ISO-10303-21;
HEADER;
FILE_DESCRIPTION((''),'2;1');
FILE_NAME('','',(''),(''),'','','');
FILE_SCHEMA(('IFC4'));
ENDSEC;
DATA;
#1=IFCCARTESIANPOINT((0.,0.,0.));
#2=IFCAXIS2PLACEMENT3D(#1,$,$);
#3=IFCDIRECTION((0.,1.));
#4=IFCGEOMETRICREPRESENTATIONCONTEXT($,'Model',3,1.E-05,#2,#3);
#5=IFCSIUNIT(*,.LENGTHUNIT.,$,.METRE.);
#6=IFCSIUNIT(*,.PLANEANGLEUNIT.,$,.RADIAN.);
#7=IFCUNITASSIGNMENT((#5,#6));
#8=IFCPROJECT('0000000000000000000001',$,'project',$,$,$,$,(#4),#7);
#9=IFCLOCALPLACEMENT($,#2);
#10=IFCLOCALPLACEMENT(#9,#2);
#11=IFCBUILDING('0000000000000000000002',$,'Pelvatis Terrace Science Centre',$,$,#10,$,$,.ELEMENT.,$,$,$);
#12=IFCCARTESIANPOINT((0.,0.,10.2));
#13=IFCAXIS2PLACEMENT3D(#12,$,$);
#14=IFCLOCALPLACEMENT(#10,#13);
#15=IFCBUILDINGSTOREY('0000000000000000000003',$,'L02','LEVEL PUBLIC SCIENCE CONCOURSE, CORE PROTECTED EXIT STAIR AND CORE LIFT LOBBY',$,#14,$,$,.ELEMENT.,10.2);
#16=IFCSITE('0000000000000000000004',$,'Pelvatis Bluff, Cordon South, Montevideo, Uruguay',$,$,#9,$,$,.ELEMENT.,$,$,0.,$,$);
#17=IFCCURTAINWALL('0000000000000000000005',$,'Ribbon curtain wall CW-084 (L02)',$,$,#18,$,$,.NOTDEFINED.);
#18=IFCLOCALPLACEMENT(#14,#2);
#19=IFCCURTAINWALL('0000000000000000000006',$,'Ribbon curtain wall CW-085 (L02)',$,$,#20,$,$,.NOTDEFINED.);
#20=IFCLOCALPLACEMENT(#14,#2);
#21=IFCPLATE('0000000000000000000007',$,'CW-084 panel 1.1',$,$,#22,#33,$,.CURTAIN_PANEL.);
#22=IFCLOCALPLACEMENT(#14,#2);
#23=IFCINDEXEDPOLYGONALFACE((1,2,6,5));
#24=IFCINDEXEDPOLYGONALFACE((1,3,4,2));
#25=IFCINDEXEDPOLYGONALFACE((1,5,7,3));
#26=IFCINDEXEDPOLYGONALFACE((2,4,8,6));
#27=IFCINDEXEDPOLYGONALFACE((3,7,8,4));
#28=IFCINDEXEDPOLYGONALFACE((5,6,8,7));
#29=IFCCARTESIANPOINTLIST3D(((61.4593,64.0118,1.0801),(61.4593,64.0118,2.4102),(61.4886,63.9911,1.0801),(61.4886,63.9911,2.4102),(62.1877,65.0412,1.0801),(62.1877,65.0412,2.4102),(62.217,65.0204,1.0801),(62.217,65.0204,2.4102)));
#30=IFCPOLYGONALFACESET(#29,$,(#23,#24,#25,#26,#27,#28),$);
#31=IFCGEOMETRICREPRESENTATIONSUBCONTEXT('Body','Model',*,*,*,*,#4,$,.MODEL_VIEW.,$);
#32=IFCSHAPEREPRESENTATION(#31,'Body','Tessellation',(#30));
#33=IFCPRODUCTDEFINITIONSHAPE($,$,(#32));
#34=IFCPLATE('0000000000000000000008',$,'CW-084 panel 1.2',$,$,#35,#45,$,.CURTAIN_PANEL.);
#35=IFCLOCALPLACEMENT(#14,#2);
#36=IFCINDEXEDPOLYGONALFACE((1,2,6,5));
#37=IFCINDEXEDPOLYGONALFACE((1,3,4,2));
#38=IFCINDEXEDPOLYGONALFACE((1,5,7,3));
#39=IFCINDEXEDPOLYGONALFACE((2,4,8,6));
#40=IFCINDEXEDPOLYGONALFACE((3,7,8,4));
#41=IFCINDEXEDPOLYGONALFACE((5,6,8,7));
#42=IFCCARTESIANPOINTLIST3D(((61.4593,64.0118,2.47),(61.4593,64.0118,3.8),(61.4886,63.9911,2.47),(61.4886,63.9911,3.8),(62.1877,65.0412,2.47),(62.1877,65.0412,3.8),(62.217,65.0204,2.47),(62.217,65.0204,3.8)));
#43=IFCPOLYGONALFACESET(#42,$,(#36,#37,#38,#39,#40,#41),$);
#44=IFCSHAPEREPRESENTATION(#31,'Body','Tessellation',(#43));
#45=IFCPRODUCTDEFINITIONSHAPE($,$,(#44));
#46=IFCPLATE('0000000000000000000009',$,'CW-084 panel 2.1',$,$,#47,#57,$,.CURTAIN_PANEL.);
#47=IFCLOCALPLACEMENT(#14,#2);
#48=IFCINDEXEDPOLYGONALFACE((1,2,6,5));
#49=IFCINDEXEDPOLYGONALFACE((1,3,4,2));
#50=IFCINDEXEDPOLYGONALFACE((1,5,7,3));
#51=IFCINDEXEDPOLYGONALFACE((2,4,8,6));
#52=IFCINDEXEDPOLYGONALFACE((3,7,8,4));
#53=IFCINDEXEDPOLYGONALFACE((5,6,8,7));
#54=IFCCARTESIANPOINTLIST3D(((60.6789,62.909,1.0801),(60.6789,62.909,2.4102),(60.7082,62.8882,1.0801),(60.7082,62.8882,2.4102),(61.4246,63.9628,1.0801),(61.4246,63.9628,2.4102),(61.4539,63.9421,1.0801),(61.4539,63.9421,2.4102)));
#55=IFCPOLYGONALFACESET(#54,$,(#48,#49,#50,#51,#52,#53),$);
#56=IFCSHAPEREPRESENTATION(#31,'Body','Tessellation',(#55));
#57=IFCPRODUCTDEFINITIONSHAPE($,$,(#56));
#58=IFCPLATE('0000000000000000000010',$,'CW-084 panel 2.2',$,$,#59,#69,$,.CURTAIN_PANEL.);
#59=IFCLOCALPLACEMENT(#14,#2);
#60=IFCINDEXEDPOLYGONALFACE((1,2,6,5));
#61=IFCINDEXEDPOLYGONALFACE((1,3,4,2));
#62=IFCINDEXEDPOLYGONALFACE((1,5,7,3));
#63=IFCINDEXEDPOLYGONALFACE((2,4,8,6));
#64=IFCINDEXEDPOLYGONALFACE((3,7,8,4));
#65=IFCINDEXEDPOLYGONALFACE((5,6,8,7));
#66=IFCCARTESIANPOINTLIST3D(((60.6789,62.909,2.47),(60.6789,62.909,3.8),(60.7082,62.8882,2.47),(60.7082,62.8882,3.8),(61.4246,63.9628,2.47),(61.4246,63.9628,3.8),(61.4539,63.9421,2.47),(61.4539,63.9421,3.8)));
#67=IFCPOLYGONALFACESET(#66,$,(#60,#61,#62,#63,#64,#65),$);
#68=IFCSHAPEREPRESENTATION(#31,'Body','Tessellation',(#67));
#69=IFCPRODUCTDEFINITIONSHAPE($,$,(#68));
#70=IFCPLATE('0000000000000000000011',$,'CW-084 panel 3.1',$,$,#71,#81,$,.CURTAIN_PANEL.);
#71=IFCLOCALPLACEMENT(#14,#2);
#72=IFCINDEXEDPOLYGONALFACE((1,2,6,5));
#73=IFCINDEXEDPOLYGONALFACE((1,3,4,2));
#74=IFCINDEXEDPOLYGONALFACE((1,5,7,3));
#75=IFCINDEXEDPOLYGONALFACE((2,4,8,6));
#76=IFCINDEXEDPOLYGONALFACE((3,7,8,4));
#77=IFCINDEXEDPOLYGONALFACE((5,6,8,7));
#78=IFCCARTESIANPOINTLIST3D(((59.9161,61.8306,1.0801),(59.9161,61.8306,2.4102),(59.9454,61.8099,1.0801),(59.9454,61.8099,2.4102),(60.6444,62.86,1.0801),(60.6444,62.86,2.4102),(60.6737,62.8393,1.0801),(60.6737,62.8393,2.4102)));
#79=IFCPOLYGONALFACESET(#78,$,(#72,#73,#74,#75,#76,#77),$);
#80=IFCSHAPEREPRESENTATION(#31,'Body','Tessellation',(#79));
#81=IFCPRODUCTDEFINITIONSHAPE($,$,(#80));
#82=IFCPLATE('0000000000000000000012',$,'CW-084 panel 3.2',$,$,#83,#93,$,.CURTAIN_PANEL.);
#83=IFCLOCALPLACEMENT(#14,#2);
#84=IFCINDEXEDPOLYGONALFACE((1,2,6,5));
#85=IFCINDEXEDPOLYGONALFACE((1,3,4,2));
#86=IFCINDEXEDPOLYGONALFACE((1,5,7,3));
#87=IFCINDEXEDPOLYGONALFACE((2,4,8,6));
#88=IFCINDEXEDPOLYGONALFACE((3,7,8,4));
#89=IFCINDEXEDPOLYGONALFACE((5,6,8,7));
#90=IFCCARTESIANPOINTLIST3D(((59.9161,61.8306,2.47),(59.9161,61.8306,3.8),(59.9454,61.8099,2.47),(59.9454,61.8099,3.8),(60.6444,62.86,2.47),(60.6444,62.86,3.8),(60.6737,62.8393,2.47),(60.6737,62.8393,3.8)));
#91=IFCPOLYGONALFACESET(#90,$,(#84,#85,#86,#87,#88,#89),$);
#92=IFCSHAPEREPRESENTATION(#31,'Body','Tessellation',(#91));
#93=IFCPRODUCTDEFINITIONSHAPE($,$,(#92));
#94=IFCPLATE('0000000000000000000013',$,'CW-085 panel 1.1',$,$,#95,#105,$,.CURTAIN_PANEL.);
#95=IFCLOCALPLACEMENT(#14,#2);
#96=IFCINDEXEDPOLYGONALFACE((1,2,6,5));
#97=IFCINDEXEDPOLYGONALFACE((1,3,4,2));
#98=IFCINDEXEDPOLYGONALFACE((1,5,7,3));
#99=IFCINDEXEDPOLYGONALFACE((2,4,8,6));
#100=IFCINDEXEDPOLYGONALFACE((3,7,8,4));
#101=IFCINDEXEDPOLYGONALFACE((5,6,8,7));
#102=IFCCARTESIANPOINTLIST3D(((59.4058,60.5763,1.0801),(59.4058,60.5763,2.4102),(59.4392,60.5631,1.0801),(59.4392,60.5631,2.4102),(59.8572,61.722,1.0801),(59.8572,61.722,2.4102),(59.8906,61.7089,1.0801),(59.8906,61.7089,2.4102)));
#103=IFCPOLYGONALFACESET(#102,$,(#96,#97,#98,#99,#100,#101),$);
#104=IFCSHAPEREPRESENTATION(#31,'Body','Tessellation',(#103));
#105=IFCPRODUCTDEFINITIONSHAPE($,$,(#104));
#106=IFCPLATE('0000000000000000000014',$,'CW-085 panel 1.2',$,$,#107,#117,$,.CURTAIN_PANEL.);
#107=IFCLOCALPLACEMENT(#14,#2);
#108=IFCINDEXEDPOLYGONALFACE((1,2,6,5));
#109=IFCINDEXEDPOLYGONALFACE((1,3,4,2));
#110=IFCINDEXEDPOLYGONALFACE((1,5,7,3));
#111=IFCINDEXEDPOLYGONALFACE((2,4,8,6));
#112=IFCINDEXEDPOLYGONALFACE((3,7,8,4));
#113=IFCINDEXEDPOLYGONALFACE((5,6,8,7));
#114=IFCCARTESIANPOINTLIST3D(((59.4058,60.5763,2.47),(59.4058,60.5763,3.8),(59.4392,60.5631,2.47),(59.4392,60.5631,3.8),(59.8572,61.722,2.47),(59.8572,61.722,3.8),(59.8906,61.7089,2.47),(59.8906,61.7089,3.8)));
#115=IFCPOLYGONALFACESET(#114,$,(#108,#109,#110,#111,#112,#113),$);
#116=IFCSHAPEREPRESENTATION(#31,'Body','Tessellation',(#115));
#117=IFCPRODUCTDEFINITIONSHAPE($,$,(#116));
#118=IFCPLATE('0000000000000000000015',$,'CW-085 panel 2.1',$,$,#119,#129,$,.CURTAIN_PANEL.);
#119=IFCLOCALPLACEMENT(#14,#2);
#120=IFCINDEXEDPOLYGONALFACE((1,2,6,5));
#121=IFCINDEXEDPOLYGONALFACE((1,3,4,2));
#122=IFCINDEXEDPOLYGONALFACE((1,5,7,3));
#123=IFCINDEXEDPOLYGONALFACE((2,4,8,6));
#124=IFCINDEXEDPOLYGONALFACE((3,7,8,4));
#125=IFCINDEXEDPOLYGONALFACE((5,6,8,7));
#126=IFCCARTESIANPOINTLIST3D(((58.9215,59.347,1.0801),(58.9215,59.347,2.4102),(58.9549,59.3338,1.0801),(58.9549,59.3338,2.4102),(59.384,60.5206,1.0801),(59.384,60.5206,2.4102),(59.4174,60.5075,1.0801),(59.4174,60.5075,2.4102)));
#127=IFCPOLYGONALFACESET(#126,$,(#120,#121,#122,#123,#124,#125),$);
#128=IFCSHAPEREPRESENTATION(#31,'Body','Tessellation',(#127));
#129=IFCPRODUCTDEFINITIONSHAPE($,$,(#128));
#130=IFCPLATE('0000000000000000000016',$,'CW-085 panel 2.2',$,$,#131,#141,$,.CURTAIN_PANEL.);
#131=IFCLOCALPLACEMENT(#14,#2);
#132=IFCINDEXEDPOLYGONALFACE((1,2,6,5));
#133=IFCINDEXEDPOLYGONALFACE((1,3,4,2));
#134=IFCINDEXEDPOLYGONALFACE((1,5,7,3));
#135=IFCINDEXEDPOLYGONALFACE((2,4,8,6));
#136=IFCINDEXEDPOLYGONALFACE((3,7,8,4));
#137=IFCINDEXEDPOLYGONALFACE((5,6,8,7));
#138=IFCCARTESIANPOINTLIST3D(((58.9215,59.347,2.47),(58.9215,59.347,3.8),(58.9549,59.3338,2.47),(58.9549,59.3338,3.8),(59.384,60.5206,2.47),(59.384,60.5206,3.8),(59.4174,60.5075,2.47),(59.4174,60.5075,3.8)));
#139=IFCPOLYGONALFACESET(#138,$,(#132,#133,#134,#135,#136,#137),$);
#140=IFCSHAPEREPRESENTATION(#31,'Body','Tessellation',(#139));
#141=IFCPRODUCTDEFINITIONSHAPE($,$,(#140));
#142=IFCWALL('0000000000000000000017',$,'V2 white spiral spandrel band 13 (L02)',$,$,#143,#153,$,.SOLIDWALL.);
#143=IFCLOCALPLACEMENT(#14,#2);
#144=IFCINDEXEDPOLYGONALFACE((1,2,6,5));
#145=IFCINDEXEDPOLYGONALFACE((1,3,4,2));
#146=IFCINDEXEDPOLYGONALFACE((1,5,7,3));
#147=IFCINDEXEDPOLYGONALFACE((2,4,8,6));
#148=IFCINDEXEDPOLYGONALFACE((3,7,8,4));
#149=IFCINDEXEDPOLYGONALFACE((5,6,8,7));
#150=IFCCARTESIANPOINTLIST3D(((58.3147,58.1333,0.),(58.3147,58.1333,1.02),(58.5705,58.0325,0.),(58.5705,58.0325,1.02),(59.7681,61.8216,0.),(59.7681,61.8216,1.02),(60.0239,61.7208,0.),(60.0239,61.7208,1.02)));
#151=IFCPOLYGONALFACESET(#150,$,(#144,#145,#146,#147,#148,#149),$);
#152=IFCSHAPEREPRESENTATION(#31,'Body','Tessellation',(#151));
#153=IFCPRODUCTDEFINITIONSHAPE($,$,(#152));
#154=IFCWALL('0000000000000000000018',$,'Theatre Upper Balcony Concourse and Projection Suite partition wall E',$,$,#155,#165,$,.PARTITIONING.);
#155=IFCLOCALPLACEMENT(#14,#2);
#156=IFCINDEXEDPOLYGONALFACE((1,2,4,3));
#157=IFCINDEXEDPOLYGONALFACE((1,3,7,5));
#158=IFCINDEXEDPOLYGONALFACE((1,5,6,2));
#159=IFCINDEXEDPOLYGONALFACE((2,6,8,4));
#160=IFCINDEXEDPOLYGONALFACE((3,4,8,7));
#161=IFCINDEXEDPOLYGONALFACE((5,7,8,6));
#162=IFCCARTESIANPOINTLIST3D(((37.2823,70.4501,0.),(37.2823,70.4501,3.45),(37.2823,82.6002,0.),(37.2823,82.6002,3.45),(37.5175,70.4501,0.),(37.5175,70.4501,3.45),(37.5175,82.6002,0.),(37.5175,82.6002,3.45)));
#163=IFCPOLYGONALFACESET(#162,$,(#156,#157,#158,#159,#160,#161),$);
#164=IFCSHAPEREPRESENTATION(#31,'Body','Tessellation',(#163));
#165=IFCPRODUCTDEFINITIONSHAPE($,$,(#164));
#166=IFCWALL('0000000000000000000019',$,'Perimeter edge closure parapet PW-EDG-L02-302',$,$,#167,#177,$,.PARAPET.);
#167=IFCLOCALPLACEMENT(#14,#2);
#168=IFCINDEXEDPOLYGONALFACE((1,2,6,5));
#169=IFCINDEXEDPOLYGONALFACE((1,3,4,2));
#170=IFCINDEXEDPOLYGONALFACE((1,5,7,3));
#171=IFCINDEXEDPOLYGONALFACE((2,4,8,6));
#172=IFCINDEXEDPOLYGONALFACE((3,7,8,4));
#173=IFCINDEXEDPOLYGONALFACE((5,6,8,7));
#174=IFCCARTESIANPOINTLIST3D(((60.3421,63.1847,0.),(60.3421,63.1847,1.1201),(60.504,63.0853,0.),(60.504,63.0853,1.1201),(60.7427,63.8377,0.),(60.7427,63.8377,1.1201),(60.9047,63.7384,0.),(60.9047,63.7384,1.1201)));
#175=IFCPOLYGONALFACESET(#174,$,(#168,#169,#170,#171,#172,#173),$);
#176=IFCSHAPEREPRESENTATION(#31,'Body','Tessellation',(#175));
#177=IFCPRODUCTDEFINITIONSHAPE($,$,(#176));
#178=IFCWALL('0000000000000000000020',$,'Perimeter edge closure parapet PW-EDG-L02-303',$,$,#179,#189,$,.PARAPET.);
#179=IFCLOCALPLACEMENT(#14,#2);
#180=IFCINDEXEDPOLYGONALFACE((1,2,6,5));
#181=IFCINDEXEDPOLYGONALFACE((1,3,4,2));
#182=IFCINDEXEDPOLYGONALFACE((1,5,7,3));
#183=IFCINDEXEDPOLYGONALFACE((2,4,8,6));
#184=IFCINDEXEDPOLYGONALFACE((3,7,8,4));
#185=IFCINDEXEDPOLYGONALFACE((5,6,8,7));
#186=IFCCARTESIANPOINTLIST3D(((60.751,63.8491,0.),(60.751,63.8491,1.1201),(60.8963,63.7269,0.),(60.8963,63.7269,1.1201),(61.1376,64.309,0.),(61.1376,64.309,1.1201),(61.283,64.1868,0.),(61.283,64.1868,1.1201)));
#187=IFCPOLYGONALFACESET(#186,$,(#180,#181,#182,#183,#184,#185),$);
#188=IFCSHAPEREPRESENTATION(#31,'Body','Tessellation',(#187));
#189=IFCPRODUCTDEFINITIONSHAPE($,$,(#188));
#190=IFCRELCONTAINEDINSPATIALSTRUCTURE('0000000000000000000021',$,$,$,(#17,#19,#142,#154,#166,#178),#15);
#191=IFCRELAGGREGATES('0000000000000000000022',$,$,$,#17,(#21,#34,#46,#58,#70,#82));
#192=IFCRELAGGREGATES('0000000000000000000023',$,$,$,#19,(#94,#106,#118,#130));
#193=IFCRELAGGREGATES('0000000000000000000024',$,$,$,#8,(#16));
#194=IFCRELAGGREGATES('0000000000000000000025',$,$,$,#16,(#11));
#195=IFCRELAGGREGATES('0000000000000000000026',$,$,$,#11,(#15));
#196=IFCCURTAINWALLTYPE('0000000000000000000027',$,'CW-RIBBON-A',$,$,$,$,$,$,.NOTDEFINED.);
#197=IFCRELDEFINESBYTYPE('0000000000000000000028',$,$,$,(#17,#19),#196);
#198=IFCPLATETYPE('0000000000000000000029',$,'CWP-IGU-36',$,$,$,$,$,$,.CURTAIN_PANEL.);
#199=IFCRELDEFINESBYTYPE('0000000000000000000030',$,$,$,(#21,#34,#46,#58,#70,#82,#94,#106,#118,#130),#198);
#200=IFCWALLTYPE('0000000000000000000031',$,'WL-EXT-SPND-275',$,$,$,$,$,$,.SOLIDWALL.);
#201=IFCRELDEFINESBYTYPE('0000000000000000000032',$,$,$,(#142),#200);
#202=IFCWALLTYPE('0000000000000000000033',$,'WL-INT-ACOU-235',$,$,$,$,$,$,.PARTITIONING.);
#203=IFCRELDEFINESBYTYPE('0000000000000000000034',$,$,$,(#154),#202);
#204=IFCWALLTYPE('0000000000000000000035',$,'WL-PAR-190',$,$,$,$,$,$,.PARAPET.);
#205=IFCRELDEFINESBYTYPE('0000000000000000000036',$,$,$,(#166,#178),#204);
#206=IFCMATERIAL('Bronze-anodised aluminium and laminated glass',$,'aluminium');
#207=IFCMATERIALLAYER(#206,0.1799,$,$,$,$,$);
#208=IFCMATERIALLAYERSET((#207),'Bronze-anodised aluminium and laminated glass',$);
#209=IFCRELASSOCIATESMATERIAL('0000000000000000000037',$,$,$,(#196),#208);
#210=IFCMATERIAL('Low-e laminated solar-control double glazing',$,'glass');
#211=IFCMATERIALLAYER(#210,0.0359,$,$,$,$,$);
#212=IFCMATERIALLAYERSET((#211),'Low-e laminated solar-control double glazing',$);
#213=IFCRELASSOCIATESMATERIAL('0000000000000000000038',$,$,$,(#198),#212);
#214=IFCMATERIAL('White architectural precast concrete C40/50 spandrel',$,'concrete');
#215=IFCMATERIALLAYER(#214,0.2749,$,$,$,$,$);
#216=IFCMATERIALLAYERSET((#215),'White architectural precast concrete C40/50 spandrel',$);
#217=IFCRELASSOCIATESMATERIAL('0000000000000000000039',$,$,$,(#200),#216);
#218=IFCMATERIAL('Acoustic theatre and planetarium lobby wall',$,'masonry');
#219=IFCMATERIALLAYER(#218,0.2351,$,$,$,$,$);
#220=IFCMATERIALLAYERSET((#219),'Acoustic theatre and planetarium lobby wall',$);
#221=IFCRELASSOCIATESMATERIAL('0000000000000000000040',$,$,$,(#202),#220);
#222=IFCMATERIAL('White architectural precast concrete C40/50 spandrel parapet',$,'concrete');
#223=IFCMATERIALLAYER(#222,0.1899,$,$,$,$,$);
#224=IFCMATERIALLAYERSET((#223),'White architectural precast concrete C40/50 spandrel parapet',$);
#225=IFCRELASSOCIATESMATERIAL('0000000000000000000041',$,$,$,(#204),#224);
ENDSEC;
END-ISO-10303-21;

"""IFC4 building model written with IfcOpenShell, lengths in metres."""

from ifc_helpers import new_model, si_unit, direction, frame, frame_2d, origin, origin_2d, place, context, subcontext, project, spatial, rectangle, extrude, material, layer, layer_set, type_object, element, aggregate, save


model = new_model("IFC4")

# Units and contexts
model_context = context("Model", 3, precision=1e-05, world=origin(), true_north=direction((0.0, 1.0)))
body_context = subcontext(model_context, "Body", "Model", "MODEL_VIEW")
ifc_project = project(units=[si_unit("LENGTHUNIT", "METRE"), si_unit("PLANEANGLEUNIT", "RADIAN")], contexts=[model_context])

# Site, building, storey
site_placement = place(None, origin())
site = spatial("IfcSite", under=ifc_project, at=site_placement, Name="Pelvatis Bluff, Cordon South, Montevideo, Uruguay", CompositionType="ELEMENT", RefElevation=0.0)
building_placement = place(site_placement, origin())
building = spatial("IfcBuilding", under=site, at=building_placement, Name="Pelvatis Terrace Science Centre", CompositionType="ELEMENT")
storey_placement = place(building_placement, frame((0.0, 0.0, 10.2)))
storey = spatial("IfcBuildingStorey", under=building, at=storey_placement, Name="L02", Description="LEVEL PUBLIC SCIENCE CONCOURSE, CORE PROTECTED EXIT STAIR AND CORE LIFT LOBBY", CompositionType="ELEMENT", Elevation=10.2)

# Curtain walls
ifc_material_1 = material(Name="Bronze-anodised aluminium and laminated glass", Category="aluminium")
ifc_layer_1 = layer(ifc_material_1, 0.1799)
ifc_layer_set_1 = layer_set([ifc_layer_1], Name="Bronze-anodised aluminium and laminated glass")
curtain_wall_type = type_object("IfcCurtainWallType", Name="CW-RIBBON-A", PredefinedType="NOTDEFINED", material=ifc_layer_set_1)
curtain_wall_1_placement = place(storey_placement, origin())
curtain_wall_1 = element("IfcCurtainWall", 1, at=curtain_wall_1_placement, inside=storey, type_object=curtain_wall_type, Name="Ribbon curtain wall CW-084 (L02)", PredefinedType="NOTDEFINED")
curtain_wall_2_placement = place(storey_placement, origin())
curtain_wall_2 = element("IfcCurtainWall", 2, at=curtain_wall_2_placement, inside=storey, type_object=curtain_wall_type, Name="Ribbon curtain wall CW-085 (L02)", PredefinedType="NOTDEFINED")

# Plates
ifc_material_2 = material(Name="Low-e laminated solar-control double glazing", Category="glass")
ifc_layer_2 = layer(ifc_material_2, 0.0359)
ifc_layer_set_2 = layer_set([ifc_layer_2], Name="Low-e laminated solar-control double glazing")
plate_type = type_object("IfcPlateType", Name="CWP-IGU-36", PredefinedType="CURTAIN_PANEL", material=ifc_layer_set_2)
plate_1_placement = place(storey_placement, frame((61.8381, 64.5161, 1.0801), z_axis=(0.0, 0.0, 1.0), x_axis=(-0.577591, -0.816326, 0.0)))
plate_1 = element("IfcPlate", 3, at=plate_1_placement, type_object=plate_type, Name="CW-084 panel 1.1", PredefinedType="CURTAIN_PANEL", context=body_context, shape_type="SweptSolid", body=[
    extrude(rectangle(XDim=1.261, YDim=0.0359, at=origin_2d()), origin(), (0.0, 0.0, 1.0), 1.3301),
])
plate_2_placement = place(storey_placement, frame((61.8381, 64.5161, 2.47), z_axis=(0.0, 0.0, 1.0), x_axis=(-0.577591, -0.816326, 0.0)))
plate_2 = element("IfcPlate", 4, at=plate_2_placement, type_object=plate_type, Name="CW-084 panel 1.2", PredefinedType="CURTAIN_PANEL", context=body_context, shape_type="SweptSolid", body=[
    extrude(rectangle(XDim=1.261, YDim=0.0359, at=origin_2d()), origin(), (0.0, 0.0, 1.0), 1.3301),
])
plate_3_placement = place(storey_placement, frame((61.0664, 63.4255, 1.0801), z_axis=(0.0, 0.0, 1.0), x_axis=(-0.577591, -0.816326, 0.0)))
plate_3 = element("IfcPlate", 5, at=plate_3_placement, type_object=plate_type, Name="CW-084 panel 2.1", PredefinedType="CURTAIN_PANEL", context=body_context, shape_type="SweptSolid", body=[
    extrude(rectangle(XDim=1.291, YDim=0.0359, at=origin_2d()), origin(), (0.0, 0.0, 1.0), 1.3301),
])
plate_4_placement = place(storey_placement, frame((61.0664, 63.4255, 2.47), z_axis=(0.0, 0.0, 1.0), x_axis=(-0.577591, -0.816326, 0.0)))
plate_4 = element("IfcPlate", 6, at=plate_4_placement, type_object=plate_type, Name="CW-084 panel 2.2", PredefinedType="CURTAIN_PANEL", context=body_context, shape_type="SweptSolid", body=[
    extrude(rectangle(XDim=1.291, YDim=0.0359, at=origin_2d()), origin(), (0.0, 0.0, 1.0), 1.3301),
])
plate_5_placement = place(storey_placement, frame((60.2949, 62.335, 1.0801), z_axis=(0.0, 0.0, 1.0), x_axis=(-0.577591, -0.816326, 0.0)))
plate_5 = element("IfcPlate", 7, at=plate_5_placement, type_object=plate_type, Name="CW-084 panel 3.1", PredefinedType="CURTAIN_PANEL", context=body_context, shape_type="SweptSolid", body=[
    extrude(rectangle(XDim=1.261, YDim=0.0359, at=origin_2d()), origin(), (0.0, 0.0, 1.0), 1.3301),
])
plate_6_placement = place(storey_placement, frame((60.2949, 62.335, 2.47), z_axis=(0.0, 0.0, 1.0), x_axis=(-0.577591, -0.816326, 0.0)))
plate_6 = element("IfcPlate", 8, at=plate_6_placement, type_object=plate_type, Name="CW-084 panel 3.2", PredefinedType="CURTAIN_PANEL", context=body_context, shape_type="SweptSolid", body=[
    extrude(rectangle(XDim=1.261, YDim=0.0359, at=origin_2d()), origin(), (0.0, 0.0, 1.0), 1.3301),
])
aggregate(curtain_wall_1, [plate_1, plate_2, plate_3, plate_4, plate_5, plate_6])
plate_7_placement = place(storey_placement, frame((59.6482, 61.1426, 1.0801), z_axis=(0.0, 0.0, 1.0), x_axis=(-0.366597, -0.93038, 0.0)))
plate_7 = element("IfcPlate", 9, at=plate_7_placement, type_object=plate_type, Name="CW-085 panel 1.1", PredefinedType="CURTAIN_PANEL", context=body_context, shape_type="SweptSolid", body=[
    extrude(rectangle(XDim=1.2314, YDim=0.0359, at=origin_2d()), origin(), (0.0, 0.0, 1.0), 1.3301),
])
plate_8_placement = place(storey_placement, frame((59.6482, 61.1426, 2.47), z_axis=(0.0, 0.0, 1.0), x_axis=(-0.366597, -0.93038, 0.0)))
plate_8 = element("IfcPlate", 10, at=plate_8_placement, type_object=plate_type, Name="CW-085 panel 1.2", PredefinedType="CURTAIN_PANEL", context=body_context, shape_type="SweptSolid", body=[
    extrude(rectangle(XDim=1.2314, YDim=0.0359, at=origin_2d()), origin(), (0.0, 0.0, 1.0), 1.3301),
])
plate_9_placement = place(storey_placement, frame((59.1694, 59.9272, 1.0801), z_axis=(0.0, 0.0, 1.0), x_axis=(-0.366597, -0.93038, 0.0)))
plate_9 = element("IfcPlate", 11, at=plate_9_placement, type_object=plate_type, Name="CW-085 panel 2.1", PredefinedType="CURTAIN_PANEL", context=body_context, shape_type="SweptSolid", body=[
    extrude(rectangle(XDim=1.2615, YDim=0.0359, at=origin_2d()), origin(), (0.0, 0.0, 1.0), 1.3301),
])
plate_10_placement = place(storey_placement, frame((59.1694, 59.9272, 2.47), z_axis=(0.0, 0.0, 1.0), x_axis=(-0.366597, -0.93038, 0.0)))
plate_10 = element("IfcPlate", 12, at=plate_10_placement, type_object=plate_type, Name="CW-085 panel 2.2", PredefinedType="CURTAIN_PANEL", context=body_context, shape_type="SweptSolid", body=[
    extrude(rectangle(XDim=1.2615, YDim=0.0359, at=origin_2d()), origin(), (0.0, 0.0, 1.0), 1.3301),
])
aggregate(curtain_wall_2, [plate_7, plate_8, plate_9, plate_10])

# Walls
ifc_material_3 = material(Name="White architectural precast concrete C40/50 spandrel", Category="concrete")
ifc_layer_3 = layer(ifc_material_3, 0.2749)
ifc_layer_set_3 = layer_set([ifc_layer_3], Name="White architectural precast concrete C40/50 spandrel")
wall_type_1 = type_object("IfcWallType", Name="WL-EXT-SPND-275", PredefinedType="SOLIDWALL", material=ifc_layer_set_3)
wall_1_placement = place(storey_placement, frame((59.896, 61.7712, 0.0), z_axis=(0.0, 0.0, 1.0), x_axis=(-0.366618, -0.930371, 0.0)))
element("IfcWall", 13, at=wall_1_placement, inside=storey, type_object=wall_type_1, Name="V2 white spiral spandrel band 13 (L02)", PredefinedType="SOLIDWALL", context=body_context, shape_type="SweptSolid", body=[
    extrude(rectangle(XDim=3.9644, YDim=0.2749, at=frame_2d((1.9822, 0.0))), origin(), (0.0, 0.0, 1.0), 1.02),
])
ifc_material_4 = material(Name="Acoustic theatre and planetarium lobby wall", Category="masonry")
ifc_layer_4 = layer(ifc_material_4, 0.2351)
ifc_layer_set_4 = layer_set([ifc_layer_4], Name="Acoustic theatre and planetarium lobby wall")
wall_type_2 = type_object("IfcWallType", Name="WL-INT-ACOU-235", PredefinedType="PARTITIONING", material=ifc_layer_set_4)
wall_2_placement = place(storey_placement, frame((37.3999, 70.45, 0.0), z_axis=(0.0, 0.0, 1.0), x_axis=(0.0, 1.0, 0.0)))
element("IfcWall", 14, at=wall_2_placement, inside=storey, type_object=wall_type_2, Name="Theatre Upper Balcony Concourse and Projection Suite partition wall E", PredefinedType="PARTITIONING", context=body_context, shape_type="SweptSolid", body=[
    extrude(rectangle(XDim=12.1501, YDim=0.2351, at=frame_2d((6.0752, 0.0))), origin(), (0.0, 0.0, 1.0), 3.45),
])
ifc_material_5 = material(Name="White architectural precast concrete C40/50 spandrel parapet", Category="concrete")
ifc_layer_5 = layer(ifc_material_5, 0.1899)
ifc_layer_set_5 = layer_set([ifc_layer_5], Name="White architectural precast concrete C40/50 spandrel parapet")
wall_type_3 = type_object("IfcWallType", Name="WL-PAR-190", PredefinedType="PARAPET", material=ifc_layer_set_5)
wall_3_placement = place(storey_placement, frame((60.4231, 63.135, 0.0), z_axis=(0.0, 0.0, 1.0), x_axis=(0.522906, 0.852391, 0.0)))
element("IfcWall", 15, at=wall_3_placement, inside=storey, type_object=wall_type_3, Name="Perimeter edge closure parapet PW-EDG-L02-302", PredefinedType="PARAPET", context=body_context, shape_type="SweptSolid", body=[
    extrude(rectangle(XDim=0.7661, YDim=0.1899, at=frame_2d((0.3831, 0.0))), origin(), (0.0, 0.0, 1.0), 1.1201),
])
wall_4_placement = place(storey_placement, frame((60.8237, 63.7881, 0.0), z_axis=(0.0, 0.0, 1.0), x_axis=(0.643535, 0.765417, 0.0)))
element("IfcWall", 16, at=wall_4_placement, inside=storey, type_object=wall_type_3, Name="Perimeter edge closure parapet PW-EDG-L02-303", PredefinedType="PARAPET", context=body_context, shape_type="SweptSolid", body=[
    extrude(rectangle(XDim=0.6008, YDim=0.1899, at=frame_2d((0.3003, 0.0))), origin(), (0.0, 0.0, 1.0), 1.1201),
])

save(model, "model.ifc")
